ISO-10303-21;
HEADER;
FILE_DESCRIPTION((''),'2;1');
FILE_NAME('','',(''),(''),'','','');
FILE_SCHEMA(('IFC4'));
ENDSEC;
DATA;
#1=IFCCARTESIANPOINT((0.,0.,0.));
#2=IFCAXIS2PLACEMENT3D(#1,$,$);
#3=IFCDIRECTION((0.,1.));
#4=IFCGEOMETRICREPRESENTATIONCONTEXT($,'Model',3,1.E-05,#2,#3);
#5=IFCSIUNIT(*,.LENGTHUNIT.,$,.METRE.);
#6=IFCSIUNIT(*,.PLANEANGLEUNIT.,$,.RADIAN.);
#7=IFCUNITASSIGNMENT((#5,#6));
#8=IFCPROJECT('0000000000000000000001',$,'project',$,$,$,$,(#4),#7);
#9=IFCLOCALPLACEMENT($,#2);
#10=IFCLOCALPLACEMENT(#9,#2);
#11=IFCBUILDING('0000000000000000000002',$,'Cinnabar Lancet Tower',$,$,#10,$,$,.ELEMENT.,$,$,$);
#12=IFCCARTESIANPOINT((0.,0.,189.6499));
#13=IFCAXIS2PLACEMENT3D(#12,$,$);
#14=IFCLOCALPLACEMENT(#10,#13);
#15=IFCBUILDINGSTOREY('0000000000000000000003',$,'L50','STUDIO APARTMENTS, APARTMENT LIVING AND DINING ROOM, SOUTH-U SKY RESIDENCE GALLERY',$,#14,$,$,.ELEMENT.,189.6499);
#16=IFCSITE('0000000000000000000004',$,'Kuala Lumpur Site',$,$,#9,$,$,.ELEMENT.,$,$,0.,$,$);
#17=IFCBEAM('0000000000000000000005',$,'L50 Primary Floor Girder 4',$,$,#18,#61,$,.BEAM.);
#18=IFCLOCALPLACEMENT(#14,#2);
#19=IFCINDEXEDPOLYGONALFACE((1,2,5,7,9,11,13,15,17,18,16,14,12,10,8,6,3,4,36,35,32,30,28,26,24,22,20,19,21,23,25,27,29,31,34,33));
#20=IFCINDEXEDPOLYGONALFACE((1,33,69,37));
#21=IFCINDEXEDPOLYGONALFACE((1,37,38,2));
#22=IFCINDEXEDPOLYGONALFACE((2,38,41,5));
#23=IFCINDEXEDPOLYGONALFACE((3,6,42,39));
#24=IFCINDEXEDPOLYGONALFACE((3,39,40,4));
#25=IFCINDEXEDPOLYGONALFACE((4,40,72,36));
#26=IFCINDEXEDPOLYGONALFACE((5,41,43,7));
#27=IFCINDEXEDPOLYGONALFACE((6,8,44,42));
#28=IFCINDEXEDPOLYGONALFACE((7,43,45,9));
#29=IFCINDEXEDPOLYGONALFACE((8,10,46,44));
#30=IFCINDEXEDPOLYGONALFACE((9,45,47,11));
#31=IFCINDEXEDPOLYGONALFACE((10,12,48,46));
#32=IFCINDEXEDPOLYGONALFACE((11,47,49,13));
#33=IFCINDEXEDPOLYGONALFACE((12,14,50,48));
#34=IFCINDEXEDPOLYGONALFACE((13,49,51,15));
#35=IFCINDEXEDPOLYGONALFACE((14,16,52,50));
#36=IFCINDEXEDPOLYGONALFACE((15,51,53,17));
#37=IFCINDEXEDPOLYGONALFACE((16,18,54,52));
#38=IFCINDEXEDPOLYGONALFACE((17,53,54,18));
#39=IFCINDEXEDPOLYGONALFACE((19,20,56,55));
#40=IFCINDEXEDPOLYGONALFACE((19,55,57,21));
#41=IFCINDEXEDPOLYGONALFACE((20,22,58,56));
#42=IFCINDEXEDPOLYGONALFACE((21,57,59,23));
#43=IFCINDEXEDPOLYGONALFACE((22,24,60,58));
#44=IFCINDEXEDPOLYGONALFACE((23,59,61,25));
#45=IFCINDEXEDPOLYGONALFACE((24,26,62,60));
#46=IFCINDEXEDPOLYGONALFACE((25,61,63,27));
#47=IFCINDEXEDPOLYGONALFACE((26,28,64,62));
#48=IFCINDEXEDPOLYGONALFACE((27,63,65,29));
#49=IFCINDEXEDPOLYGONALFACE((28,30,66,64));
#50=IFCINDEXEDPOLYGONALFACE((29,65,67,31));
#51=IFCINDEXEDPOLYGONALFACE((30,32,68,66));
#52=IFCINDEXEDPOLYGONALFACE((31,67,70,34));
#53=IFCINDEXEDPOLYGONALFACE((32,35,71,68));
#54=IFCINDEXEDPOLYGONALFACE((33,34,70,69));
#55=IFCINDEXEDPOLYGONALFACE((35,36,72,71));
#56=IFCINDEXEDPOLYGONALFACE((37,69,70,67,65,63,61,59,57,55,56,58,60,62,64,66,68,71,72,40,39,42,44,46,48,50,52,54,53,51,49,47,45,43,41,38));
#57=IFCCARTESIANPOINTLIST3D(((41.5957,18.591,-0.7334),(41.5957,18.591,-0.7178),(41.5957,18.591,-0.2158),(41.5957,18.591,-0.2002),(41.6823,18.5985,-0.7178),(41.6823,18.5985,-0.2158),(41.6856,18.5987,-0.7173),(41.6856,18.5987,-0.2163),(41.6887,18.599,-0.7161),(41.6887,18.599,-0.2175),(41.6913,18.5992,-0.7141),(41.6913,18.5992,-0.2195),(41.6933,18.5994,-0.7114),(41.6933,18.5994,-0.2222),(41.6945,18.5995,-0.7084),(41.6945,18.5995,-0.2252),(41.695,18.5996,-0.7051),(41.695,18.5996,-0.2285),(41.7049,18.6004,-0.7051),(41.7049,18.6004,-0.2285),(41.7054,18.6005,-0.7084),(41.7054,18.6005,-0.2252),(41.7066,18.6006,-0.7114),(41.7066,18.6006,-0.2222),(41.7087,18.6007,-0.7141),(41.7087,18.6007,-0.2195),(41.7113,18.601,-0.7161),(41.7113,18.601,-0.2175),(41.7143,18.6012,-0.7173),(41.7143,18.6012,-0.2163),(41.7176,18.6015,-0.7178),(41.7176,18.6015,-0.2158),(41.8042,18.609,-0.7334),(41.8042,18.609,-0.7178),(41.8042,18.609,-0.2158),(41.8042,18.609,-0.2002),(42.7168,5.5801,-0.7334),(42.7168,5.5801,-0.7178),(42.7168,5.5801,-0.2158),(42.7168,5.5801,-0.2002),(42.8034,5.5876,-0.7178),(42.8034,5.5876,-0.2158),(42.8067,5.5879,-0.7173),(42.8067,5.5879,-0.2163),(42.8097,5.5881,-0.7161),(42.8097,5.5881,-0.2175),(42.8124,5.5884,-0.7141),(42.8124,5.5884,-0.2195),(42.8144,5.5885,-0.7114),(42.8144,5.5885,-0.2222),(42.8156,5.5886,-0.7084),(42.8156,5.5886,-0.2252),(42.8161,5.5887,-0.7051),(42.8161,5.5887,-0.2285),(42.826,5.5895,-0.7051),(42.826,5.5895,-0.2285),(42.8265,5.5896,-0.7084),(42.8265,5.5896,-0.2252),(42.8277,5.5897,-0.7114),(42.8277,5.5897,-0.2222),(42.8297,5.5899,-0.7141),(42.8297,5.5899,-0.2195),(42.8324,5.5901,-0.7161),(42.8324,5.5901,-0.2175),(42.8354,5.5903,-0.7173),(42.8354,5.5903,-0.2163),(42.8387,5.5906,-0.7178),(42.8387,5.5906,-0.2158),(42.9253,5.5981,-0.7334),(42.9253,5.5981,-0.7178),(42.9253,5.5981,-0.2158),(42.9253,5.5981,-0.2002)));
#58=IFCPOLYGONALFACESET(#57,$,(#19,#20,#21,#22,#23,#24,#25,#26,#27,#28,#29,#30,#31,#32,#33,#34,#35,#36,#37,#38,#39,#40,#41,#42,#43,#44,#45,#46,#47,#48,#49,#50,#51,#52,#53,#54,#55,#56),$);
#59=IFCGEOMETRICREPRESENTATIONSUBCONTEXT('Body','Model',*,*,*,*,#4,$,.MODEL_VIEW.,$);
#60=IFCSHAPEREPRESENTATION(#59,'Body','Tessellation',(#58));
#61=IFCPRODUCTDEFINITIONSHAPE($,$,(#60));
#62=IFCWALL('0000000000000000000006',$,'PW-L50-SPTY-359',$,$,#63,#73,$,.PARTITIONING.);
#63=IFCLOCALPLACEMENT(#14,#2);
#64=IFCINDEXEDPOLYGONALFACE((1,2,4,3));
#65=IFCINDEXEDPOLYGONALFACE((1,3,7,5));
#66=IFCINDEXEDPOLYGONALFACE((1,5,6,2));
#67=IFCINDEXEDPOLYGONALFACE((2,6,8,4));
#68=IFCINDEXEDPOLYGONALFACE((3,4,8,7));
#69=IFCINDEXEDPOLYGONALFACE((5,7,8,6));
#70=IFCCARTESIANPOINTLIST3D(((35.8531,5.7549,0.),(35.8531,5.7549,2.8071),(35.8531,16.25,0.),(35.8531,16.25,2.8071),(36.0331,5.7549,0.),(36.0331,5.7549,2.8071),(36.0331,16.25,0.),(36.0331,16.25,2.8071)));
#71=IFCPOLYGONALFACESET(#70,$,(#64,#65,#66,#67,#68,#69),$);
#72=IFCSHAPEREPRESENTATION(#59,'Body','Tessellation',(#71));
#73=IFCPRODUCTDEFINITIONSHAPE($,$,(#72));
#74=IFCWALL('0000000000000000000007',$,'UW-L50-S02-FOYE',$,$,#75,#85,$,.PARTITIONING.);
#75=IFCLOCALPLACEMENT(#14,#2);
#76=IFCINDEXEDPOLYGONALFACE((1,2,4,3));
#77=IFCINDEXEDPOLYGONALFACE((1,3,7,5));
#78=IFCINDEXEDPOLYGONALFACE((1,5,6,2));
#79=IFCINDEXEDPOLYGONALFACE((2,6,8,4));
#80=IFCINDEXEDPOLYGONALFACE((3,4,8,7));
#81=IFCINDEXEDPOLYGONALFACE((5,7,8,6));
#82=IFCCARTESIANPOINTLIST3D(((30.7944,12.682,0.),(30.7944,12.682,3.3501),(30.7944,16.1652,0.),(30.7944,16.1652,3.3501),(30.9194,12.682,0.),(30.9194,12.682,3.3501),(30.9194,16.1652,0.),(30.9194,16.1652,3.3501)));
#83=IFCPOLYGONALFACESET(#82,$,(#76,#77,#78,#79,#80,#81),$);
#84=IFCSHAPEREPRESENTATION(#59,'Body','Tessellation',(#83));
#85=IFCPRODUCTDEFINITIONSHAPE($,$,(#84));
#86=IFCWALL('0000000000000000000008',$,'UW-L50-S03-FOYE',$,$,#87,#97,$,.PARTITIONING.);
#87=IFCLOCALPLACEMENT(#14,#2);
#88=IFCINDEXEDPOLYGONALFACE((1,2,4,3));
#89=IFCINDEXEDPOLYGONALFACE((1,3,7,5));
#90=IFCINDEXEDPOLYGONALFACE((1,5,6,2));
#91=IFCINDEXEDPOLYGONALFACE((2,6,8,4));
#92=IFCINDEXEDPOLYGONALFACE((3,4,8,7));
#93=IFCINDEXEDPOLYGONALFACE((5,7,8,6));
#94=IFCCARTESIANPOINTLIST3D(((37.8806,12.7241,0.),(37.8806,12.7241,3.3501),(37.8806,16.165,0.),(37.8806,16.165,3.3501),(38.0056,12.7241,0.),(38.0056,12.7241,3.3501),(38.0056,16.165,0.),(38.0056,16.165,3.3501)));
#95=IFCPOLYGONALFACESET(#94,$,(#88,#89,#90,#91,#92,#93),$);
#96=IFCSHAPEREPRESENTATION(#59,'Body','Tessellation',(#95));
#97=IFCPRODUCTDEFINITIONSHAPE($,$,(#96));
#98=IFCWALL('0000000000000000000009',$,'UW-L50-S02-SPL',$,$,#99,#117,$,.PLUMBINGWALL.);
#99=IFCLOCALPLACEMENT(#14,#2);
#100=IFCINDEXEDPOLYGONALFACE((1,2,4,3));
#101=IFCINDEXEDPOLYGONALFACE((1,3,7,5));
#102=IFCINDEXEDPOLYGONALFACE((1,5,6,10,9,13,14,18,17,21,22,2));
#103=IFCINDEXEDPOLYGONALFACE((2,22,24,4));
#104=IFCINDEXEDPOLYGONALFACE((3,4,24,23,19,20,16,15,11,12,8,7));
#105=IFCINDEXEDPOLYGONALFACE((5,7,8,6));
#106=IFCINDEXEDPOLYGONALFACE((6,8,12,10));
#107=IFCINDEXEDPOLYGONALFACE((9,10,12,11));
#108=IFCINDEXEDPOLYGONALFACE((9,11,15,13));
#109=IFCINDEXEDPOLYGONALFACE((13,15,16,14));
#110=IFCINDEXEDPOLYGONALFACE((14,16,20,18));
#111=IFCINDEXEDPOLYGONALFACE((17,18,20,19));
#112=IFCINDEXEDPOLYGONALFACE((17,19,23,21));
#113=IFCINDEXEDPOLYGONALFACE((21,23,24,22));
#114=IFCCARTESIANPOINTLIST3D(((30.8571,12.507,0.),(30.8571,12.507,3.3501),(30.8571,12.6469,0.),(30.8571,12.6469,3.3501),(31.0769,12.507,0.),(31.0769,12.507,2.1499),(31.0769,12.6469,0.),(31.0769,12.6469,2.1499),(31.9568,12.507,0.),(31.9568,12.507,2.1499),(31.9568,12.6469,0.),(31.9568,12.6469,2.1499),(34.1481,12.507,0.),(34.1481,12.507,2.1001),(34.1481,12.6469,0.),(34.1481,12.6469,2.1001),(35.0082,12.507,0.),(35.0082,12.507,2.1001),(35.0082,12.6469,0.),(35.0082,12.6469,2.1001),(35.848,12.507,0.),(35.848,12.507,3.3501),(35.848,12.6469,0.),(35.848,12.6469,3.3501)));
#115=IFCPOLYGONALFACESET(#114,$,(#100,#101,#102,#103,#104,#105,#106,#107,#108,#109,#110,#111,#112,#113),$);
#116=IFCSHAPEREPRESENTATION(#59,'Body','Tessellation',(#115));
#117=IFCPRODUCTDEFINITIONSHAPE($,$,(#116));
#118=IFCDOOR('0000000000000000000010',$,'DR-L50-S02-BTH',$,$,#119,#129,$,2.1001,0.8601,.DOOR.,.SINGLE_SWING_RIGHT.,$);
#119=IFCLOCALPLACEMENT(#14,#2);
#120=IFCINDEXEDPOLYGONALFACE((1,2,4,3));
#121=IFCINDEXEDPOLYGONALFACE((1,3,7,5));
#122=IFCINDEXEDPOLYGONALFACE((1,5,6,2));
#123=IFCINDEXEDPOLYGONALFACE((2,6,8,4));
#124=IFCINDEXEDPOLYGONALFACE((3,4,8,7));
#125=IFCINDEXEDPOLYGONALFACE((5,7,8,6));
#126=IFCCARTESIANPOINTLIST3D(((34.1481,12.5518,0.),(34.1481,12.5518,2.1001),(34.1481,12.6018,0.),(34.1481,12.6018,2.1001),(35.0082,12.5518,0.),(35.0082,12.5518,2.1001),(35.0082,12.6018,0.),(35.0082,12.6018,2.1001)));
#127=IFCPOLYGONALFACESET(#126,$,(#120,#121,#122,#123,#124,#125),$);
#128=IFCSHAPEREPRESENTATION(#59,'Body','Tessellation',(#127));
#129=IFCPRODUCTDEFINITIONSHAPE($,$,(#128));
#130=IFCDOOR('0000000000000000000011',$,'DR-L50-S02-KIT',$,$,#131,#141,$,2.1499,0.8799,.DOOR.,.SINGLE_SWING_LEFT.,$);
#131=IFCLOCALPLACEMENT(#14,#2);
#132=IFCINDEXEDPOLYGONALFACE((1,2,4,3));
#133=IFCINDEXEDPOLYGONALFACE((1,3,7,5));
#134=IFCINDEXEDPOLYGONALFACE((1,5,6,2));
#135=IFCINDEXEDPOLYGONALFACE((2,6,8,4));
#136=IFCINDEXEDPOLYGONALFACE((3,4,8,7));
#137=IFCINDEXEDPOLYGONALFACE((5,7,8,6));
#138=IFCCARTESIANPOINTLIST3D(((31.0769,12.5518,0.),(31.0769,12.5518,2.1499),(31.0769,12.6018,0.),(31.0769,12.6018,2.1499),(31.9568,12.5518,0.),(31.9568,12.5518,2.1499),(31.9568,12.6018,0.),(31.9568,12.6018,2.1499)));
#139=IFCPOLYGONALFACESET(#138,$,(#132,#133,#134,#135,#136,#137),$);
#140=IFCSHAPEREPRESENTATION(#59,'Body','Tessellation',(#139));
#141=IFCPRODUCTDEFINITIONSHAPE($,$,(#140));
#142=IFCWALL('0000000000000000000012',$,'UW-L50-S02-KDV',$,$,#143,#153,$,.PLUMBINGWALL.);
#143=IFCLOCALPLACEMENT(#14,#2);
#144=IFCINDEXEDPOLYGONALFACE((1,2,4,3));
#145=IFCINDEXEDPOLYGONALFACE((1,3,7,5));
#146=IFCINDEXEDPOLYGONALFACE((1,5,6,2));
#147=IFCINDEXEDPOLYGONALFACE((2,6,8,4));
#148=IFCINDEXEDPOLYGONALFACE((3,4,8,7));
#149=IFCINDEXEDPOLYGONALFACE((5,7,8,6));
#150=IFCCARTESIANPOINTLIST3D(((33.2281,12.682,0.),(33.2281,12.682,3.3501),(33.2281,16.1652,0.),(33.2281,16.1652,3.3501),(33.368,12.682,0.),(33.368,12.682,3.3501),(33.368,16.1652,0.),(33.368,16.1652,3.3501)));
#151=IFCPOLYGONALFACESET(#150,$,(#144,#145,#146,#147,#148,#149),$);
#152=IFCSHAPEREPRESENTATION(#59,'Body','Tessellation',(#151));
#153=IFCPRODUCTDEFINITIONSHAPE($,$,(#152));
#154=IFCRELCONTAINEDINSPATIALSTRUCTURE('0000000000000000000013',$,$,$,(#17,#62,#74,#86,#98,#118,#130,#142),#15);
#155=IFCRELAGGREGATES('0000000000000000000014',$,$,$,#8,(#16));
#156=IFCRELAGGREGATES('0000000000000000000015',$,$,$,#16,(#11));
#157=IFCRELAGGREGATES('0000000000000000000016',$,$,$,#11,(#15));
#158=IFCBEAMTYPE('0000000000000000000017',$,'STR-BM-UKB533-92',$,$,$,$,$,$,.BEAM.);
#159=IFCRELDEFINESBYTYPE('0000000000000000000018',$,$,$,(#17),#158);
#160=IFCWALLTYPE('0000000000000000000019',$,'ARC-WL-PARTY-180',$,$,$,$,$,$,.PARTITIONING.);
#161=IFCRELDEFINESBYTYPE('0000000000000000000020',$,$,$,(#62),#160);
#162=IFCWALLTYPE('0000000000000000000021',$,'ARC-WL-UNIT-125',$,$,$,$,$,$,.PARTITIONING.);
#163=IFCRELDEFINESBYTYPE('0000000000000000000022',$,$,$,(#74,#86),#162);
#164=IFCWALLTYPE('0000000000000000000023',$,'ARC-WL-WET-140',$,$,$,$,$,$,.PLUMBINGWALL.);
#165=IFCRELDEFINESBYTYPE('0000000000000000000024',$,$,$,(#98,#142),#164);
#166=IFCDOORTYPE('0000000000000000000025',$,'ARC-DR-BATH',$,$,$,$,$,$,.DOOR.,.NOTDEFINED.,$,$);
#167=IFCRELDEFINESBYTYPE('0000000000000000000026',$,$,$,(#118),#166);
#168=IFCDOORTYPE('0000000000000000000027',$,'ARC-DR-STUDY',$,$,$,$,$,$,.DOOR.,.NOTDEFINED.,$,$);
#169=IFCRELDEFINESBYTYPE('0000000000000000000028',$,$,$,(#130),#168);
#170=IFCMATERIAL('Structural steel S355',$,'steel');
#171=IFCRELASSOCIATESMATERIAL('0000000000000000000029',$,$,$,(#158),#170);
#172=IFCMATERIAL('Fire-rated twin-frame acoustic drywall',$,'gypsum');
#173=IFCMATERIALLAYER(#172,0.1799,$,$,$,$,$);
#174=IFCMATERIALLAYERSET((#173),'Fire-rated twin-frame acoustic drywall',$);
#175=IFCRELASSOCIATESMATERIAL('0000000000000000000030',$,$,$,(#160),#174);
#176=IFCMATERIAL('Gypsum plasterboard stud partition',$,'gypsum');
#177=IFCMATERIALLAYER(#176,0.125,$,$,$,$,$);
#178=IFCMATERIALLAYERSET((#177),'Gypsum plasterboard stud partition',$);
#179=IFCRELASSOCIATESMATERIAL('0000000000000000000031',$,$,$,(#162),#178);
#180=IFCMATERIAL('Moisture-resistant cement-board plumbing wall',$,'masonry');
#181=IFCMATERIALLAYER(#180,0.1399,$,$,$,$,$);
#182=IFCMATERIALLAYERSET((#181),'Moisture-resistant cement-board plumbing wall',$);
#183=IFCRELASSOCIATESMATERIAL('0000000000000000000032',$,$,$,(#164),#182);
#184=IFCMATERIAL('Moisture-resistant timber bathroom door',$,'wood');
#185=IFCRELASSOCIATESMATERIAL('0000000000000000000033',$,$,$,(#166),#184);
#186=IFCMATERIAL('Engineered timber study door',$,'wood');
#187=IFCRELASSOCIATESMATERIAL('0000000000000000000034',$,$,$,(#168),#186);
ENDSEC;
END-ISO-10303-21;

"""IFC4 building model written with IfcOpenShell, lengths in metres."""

from ifc_helpers import new_model, si_unit, direction, frame, frame_2d, origin, origin_2d, place, context, subcontext, project, spatial, rectangle, i_section, extrude, material, layer, layer_set, material_profile, profile_set, type_object, element, fill, save


model = new_model("IFC4")

# Units and contexts
model_context = context("Model", 3, precision=1e-05, world=origin(), true_north=direction((0.0, 1.0)))
body_context = subcontext(model_context, "Body", "Model", "MODEL_VIEW")
ifc_project = project(units=[si_unit("LENGTHUNIT", "METRE"), si_unit("PLANEANGLEUNIT", "RADIAN")], contexts=[model_context])

# Site, building, storey
site_placement = place(None, origin())
site = spatial("IfcSite", under=ifc_project, at=site_placement, Name="Kuala Lumpur Site", CompositionType="ELEMENT", RefElevation=0.0)
building_placement = place(site_placement, origin())
building = spatial("IfcBuilding", under=site, at=building_placement, Name="Cinnabar Lancet Tower", CompositionType="ELEMENT")
storey_placement = place(building_placement, frame((0.0, 0.0, 189.6499)))
storey = spatial("IfcBuildingStorey", under=building, at=storey_placement, Name="L50", Description="STUDIO APARTMENTS, APARTMENT LIVING AND DINING ROOM, SOUTH-U SKY RESIDENCE GALLERY", CompositionType="ELEMENT", Elevation=189.6499)

# Beam
ifc_material_1 = material(Name="Structural steel S355", Category="steel")
ifc_material_profile_1 = material_profile(ifc_material_1, i_section(OverallWidth=0.2092, OverallDepth=0.5332, WebThickness=0.01, FlangeThickness=0.0156, FilletRadius=0.0127, at=origin_2d()), Name="UKB 533x210x92")
ifc_profile_set_1 = profile_set([ifc_material_profile_1], Name="Structural steel S355")
beam_type_1 = type_object("IfcBeamType", Name="STR-BM-UKB533-92", PredefinedType="BEAM", material=ifc_profile_set_1)
beam_1_placement = place(storey_placement, frame((42.821, 5.5891, -0.4668), z_axis=(-0.085847, 0.996308, 0.0), x_axis=(-0.996308, -0.085847, 0.0)))
element("IfcBeam", 1, at=beam_1_placement, inside=storey, type_object=beam_type_1, Name="L50 Primary Floor Girder 4", PredefinedType="BEAM", context=body_context, shape_type="SweptSolid", body=[
    extrude(i_section(OverallWidth=0.2092, OverallDepth=0.5332, WebThickness=0.01, FlangeThickness=0.0156, FilletRadius=0.0127, at=origin_2d()), origin(), (0.0, 0.0, 1.0), 13.0591),
])

# Walls
ifc_material_2 = material(Name="Fire-rated twin-frame acoustic drywall", Category="gypsum")
ifc_layer_1 = layer(ifc_material_2, 0.1799)
ifc_layer_set_1 = layer_set([ifc_layer_1], Name="Fire-rated twin-frame acoustic drywall")
wall_type_1 = type_object("IfcWallType", Name="ARC-WL-PARTY-180", PredefinedType="PARTITIONING", material=ifc_layer_set_1)
wall_1_placement = place(storey_placement, frame((35.9431, 5.7549, 0.0), z_axis=(0.0, 0.0, 1.0), x_axis=(0.0, 1.0, 0.0)))
element("IfcWall", 2, at=wall_1_placement, inside=storey, type_object=wall_type_1, Name="PW-L50-SPTY-359", PredefinedType="PARTITIONING", context=body_context, shape_type="SweptSolid", body=[
    extrude(rectangle(XDim=10.4951, YDim=0.1799, at=frame_2d((5.2476, 0.0))), origin(), (0.0, 0.0, 1.0), 2.8071),
])
ifc_material_3 = material(Name="Gypsum plasterboard stud partition", Category="gypsum")
ifc_layer_2 = layer(ifc_material_3, 0.125)
ifc_layer_set_2 = layer_set([ifc_layer_2], Name="Gypsum plasterboard stud partition")
wall_type_2 = type_object("IfcWallType", Name="ARC-WL-UNIT-125", PredefinedType="PARTITIONING", material=ifc_layer_set_2)
wall_2_placement = place(storey_placement, frame((30.8569, 12.6819, 0.0), z_axis=(0.0, 0.0, 1.0), x_axis=(0.0, 1.0, 0.0)))
element("IfcWall", 3, at=wall_2_placement, inside=storey, type_object=wall_type_2, Name="UW-L50-S02-FOYE", PredefinedType="PARTITIONING", context=body_context, shape_type="SweptSolid", body=[
    extrude(rectangle(XDim=3.4832, YDim=0.125, at=frame_2d((1.7417, 0.0))), origin(), (0.0, 0.0, 1.0), 3.3501),
])
wall_3_placement = place(storey_placement, frame((37.9431, 12.7241, 0.0), z_axis=(0.0, 0.0, 1.0), x_axis=(0.0, 1.0, 0.0)))
element("IfcWall", 4, at=wall_3_placement, inside=storey, type_object=wall_type_2, Name="UW-L50-S03-FOYE", PredefinedType="PARTITIONING", context=body_context, shape_type="SweptSolid", body=[
    extrude(rectangle(XDim=3.4409, YDim=0.125, at=frame_2d((1.7205, 0.0))), origin(), (0.0, 0.0, 1.0), 3.3501),
])

# Wall, openings, doors
ifc_material_4 = material(Name="Moisture-resistant cement-board plumbing wall", Category="masonry")
ifc_layer_3 = layer(ifc_material_4, 0.1399)
ifc_layer_set_3 = layer_set([ifc_layer_3], Name="Moisture-resistant cement-board plumbing wall")
wall_type_3 = type_object("IfcWallType", Name="ARC-WL-WET-140", PredefinedType="PLUMBINGWALL", material=ifc_layer_set_3)
wall_4_placement = place(storey_placement, frame((30.8569, 12.5769, 0.0), z_axis=(0.0, 0.0, 1.0), x_axis=(1.0, 0.0, 0.0)))
wall_4 = element("IfcWall", 5, at=wall_4_placement, inside=storey, type_object=wall_type_3, Name="UW-L50-S02-SPL", PredefinedType="PLUMBINGWALL", context=body_context, shape_type="SweptSolid", body=[
    extrude(rectangle(XDim=4.991, YDim=0.1399, at=frame_2d((2.4956, 0.0))), origin(), (0.0, 0.0, 1.0), 3.3501),
])
opening_1_placement = place(wall_4_placement, frame((3.291, 0.0, 0.0)))
opening_1 = element("IfcOpeningElement", 6, at=opening_1_placement, cuts=wall_4, PredefinedType="OPENING", context=body_context, shape_type="SweptSolid", body=[
    extrude(rectangle(XDim=0.8601, YDim=2.1001, at=frame_2d((0.4302, 1.05))), frame((0.0, 0.0798, 0.0), z_axis=(0.0, -1.0, 0.0), x_axis=(1.0, 0.0, 0.0)), (0.0, 0.0, 1.0), 0.1599),
])
opening_2_placement = place(wall_4_placement, frame((0.22, 0.0, 0.0)))
opening_2 = element("IfcOpeningElement", 7, at=opening_2_placement, cuts=wall_4, PredefinedType="OPENING", context=body_context, shape_type="SweptSolid", body=[
    extrude(rectangle(XDim=0.8799, YDim=2.1499, at=frame_2d((0.4399, 1.075))), frame((0.0, 0.0798, 0.0), z_axis=(0.0, -1.0, 0.0), x_axis=(1.0, 0.0, 0.0)), (0.0, 0.0, 1.0), 0.1599),
])
ifc_material_5 = material(Name="Moisture-resistant timber bathroom door", Category="wood")
door_type_1 = type_object("IfcDoorType", Name="ARC-DR-BATH", OperationType="NOTDEFINED", PredefinedType="DOOR", material=ifc_material_5)
door_1_placement = place(opening_1_placement, origin())
door_1 = element("IfcDoor", 8, at=door_1_placement, inside=storey, type_object=door_type_1, Name="DR-L50-S02-BTH", OperationType="SINGLE_SWING_RIGHT", OverallHeight=2.1001, OverallWidth=0.8601, PredefinedType="DOOR", context=body_context, shape_type="SweptSolid", body=[
    extrude(rectangle(XDim=0.8601, YDim=2.1001, at=frame_2d((0.4302, 1.05))), frame((0.0, 0.0249, 0.0), z_axis=(0.0, -1.0, 0.0), x_axis=(1.0, 0.0, 0.0)), (0.0, 0.0, 1.0), 0.05),
])
fill(opening_1, door_1)
ifc_material_6 = material(Name="Engineered timber study door", Category="wood")
door_type_2 = type_object("IfcDoorType", Name="ARC-DR-STUDY", OperationType="NOTDEFINED", PredefinedType="DOOR", material=ifc_material_6)
door_2_placement = place(opening_2_placement, origin())
door_2 = element("IfcDoor", 9, at=door_2_placement, inside=storey, type_object=door_type_2, Name="DR-L50-S02-KIT", OperationType="SINGLE_SWING_LEFT", OverallHeight=2.1499, OverallWidth=0.8799, PredefinedType="DOOR", context=body_context, shape_type="SweptSolid", body=[
    extrude(rectangle(XDim=0.8799, YDim=2.1499, at=frame_2d((0.4399, 1.075))), frame((0.0, 0.0249, 0.0), z_axis=(0.0, -1.0, 0.0), x_axis=(1.0, 0.0, 0.0)), (0.0, 0.0, 1.0), 0.05),
])
fill(opening_2, door_2)

# Wall
wall_5_placement = place(storey_placement, frame((33.2981, 12.6819, 0.0), z_axis=(0.0, 0.0, 1.0), x_axis=(0.0, 1.0, 0.0)))
element("IfcWall", 10, at=wall_5_placement, inside=storey, type_object=wall_type_3, Name="UW-L50-S02-KDV", PredefinedType="PLUMBINGWALL", context=body_context, shape_type="SweptSolid", body=[
    extrude(rectangle(XDim=3.4832, YDim=0.1399, at=frame_2d((1.7417, 0.0))), origin(), (0.0, 0.0, 1.0), 3.3501),
])

save(model, "model.ifc")
